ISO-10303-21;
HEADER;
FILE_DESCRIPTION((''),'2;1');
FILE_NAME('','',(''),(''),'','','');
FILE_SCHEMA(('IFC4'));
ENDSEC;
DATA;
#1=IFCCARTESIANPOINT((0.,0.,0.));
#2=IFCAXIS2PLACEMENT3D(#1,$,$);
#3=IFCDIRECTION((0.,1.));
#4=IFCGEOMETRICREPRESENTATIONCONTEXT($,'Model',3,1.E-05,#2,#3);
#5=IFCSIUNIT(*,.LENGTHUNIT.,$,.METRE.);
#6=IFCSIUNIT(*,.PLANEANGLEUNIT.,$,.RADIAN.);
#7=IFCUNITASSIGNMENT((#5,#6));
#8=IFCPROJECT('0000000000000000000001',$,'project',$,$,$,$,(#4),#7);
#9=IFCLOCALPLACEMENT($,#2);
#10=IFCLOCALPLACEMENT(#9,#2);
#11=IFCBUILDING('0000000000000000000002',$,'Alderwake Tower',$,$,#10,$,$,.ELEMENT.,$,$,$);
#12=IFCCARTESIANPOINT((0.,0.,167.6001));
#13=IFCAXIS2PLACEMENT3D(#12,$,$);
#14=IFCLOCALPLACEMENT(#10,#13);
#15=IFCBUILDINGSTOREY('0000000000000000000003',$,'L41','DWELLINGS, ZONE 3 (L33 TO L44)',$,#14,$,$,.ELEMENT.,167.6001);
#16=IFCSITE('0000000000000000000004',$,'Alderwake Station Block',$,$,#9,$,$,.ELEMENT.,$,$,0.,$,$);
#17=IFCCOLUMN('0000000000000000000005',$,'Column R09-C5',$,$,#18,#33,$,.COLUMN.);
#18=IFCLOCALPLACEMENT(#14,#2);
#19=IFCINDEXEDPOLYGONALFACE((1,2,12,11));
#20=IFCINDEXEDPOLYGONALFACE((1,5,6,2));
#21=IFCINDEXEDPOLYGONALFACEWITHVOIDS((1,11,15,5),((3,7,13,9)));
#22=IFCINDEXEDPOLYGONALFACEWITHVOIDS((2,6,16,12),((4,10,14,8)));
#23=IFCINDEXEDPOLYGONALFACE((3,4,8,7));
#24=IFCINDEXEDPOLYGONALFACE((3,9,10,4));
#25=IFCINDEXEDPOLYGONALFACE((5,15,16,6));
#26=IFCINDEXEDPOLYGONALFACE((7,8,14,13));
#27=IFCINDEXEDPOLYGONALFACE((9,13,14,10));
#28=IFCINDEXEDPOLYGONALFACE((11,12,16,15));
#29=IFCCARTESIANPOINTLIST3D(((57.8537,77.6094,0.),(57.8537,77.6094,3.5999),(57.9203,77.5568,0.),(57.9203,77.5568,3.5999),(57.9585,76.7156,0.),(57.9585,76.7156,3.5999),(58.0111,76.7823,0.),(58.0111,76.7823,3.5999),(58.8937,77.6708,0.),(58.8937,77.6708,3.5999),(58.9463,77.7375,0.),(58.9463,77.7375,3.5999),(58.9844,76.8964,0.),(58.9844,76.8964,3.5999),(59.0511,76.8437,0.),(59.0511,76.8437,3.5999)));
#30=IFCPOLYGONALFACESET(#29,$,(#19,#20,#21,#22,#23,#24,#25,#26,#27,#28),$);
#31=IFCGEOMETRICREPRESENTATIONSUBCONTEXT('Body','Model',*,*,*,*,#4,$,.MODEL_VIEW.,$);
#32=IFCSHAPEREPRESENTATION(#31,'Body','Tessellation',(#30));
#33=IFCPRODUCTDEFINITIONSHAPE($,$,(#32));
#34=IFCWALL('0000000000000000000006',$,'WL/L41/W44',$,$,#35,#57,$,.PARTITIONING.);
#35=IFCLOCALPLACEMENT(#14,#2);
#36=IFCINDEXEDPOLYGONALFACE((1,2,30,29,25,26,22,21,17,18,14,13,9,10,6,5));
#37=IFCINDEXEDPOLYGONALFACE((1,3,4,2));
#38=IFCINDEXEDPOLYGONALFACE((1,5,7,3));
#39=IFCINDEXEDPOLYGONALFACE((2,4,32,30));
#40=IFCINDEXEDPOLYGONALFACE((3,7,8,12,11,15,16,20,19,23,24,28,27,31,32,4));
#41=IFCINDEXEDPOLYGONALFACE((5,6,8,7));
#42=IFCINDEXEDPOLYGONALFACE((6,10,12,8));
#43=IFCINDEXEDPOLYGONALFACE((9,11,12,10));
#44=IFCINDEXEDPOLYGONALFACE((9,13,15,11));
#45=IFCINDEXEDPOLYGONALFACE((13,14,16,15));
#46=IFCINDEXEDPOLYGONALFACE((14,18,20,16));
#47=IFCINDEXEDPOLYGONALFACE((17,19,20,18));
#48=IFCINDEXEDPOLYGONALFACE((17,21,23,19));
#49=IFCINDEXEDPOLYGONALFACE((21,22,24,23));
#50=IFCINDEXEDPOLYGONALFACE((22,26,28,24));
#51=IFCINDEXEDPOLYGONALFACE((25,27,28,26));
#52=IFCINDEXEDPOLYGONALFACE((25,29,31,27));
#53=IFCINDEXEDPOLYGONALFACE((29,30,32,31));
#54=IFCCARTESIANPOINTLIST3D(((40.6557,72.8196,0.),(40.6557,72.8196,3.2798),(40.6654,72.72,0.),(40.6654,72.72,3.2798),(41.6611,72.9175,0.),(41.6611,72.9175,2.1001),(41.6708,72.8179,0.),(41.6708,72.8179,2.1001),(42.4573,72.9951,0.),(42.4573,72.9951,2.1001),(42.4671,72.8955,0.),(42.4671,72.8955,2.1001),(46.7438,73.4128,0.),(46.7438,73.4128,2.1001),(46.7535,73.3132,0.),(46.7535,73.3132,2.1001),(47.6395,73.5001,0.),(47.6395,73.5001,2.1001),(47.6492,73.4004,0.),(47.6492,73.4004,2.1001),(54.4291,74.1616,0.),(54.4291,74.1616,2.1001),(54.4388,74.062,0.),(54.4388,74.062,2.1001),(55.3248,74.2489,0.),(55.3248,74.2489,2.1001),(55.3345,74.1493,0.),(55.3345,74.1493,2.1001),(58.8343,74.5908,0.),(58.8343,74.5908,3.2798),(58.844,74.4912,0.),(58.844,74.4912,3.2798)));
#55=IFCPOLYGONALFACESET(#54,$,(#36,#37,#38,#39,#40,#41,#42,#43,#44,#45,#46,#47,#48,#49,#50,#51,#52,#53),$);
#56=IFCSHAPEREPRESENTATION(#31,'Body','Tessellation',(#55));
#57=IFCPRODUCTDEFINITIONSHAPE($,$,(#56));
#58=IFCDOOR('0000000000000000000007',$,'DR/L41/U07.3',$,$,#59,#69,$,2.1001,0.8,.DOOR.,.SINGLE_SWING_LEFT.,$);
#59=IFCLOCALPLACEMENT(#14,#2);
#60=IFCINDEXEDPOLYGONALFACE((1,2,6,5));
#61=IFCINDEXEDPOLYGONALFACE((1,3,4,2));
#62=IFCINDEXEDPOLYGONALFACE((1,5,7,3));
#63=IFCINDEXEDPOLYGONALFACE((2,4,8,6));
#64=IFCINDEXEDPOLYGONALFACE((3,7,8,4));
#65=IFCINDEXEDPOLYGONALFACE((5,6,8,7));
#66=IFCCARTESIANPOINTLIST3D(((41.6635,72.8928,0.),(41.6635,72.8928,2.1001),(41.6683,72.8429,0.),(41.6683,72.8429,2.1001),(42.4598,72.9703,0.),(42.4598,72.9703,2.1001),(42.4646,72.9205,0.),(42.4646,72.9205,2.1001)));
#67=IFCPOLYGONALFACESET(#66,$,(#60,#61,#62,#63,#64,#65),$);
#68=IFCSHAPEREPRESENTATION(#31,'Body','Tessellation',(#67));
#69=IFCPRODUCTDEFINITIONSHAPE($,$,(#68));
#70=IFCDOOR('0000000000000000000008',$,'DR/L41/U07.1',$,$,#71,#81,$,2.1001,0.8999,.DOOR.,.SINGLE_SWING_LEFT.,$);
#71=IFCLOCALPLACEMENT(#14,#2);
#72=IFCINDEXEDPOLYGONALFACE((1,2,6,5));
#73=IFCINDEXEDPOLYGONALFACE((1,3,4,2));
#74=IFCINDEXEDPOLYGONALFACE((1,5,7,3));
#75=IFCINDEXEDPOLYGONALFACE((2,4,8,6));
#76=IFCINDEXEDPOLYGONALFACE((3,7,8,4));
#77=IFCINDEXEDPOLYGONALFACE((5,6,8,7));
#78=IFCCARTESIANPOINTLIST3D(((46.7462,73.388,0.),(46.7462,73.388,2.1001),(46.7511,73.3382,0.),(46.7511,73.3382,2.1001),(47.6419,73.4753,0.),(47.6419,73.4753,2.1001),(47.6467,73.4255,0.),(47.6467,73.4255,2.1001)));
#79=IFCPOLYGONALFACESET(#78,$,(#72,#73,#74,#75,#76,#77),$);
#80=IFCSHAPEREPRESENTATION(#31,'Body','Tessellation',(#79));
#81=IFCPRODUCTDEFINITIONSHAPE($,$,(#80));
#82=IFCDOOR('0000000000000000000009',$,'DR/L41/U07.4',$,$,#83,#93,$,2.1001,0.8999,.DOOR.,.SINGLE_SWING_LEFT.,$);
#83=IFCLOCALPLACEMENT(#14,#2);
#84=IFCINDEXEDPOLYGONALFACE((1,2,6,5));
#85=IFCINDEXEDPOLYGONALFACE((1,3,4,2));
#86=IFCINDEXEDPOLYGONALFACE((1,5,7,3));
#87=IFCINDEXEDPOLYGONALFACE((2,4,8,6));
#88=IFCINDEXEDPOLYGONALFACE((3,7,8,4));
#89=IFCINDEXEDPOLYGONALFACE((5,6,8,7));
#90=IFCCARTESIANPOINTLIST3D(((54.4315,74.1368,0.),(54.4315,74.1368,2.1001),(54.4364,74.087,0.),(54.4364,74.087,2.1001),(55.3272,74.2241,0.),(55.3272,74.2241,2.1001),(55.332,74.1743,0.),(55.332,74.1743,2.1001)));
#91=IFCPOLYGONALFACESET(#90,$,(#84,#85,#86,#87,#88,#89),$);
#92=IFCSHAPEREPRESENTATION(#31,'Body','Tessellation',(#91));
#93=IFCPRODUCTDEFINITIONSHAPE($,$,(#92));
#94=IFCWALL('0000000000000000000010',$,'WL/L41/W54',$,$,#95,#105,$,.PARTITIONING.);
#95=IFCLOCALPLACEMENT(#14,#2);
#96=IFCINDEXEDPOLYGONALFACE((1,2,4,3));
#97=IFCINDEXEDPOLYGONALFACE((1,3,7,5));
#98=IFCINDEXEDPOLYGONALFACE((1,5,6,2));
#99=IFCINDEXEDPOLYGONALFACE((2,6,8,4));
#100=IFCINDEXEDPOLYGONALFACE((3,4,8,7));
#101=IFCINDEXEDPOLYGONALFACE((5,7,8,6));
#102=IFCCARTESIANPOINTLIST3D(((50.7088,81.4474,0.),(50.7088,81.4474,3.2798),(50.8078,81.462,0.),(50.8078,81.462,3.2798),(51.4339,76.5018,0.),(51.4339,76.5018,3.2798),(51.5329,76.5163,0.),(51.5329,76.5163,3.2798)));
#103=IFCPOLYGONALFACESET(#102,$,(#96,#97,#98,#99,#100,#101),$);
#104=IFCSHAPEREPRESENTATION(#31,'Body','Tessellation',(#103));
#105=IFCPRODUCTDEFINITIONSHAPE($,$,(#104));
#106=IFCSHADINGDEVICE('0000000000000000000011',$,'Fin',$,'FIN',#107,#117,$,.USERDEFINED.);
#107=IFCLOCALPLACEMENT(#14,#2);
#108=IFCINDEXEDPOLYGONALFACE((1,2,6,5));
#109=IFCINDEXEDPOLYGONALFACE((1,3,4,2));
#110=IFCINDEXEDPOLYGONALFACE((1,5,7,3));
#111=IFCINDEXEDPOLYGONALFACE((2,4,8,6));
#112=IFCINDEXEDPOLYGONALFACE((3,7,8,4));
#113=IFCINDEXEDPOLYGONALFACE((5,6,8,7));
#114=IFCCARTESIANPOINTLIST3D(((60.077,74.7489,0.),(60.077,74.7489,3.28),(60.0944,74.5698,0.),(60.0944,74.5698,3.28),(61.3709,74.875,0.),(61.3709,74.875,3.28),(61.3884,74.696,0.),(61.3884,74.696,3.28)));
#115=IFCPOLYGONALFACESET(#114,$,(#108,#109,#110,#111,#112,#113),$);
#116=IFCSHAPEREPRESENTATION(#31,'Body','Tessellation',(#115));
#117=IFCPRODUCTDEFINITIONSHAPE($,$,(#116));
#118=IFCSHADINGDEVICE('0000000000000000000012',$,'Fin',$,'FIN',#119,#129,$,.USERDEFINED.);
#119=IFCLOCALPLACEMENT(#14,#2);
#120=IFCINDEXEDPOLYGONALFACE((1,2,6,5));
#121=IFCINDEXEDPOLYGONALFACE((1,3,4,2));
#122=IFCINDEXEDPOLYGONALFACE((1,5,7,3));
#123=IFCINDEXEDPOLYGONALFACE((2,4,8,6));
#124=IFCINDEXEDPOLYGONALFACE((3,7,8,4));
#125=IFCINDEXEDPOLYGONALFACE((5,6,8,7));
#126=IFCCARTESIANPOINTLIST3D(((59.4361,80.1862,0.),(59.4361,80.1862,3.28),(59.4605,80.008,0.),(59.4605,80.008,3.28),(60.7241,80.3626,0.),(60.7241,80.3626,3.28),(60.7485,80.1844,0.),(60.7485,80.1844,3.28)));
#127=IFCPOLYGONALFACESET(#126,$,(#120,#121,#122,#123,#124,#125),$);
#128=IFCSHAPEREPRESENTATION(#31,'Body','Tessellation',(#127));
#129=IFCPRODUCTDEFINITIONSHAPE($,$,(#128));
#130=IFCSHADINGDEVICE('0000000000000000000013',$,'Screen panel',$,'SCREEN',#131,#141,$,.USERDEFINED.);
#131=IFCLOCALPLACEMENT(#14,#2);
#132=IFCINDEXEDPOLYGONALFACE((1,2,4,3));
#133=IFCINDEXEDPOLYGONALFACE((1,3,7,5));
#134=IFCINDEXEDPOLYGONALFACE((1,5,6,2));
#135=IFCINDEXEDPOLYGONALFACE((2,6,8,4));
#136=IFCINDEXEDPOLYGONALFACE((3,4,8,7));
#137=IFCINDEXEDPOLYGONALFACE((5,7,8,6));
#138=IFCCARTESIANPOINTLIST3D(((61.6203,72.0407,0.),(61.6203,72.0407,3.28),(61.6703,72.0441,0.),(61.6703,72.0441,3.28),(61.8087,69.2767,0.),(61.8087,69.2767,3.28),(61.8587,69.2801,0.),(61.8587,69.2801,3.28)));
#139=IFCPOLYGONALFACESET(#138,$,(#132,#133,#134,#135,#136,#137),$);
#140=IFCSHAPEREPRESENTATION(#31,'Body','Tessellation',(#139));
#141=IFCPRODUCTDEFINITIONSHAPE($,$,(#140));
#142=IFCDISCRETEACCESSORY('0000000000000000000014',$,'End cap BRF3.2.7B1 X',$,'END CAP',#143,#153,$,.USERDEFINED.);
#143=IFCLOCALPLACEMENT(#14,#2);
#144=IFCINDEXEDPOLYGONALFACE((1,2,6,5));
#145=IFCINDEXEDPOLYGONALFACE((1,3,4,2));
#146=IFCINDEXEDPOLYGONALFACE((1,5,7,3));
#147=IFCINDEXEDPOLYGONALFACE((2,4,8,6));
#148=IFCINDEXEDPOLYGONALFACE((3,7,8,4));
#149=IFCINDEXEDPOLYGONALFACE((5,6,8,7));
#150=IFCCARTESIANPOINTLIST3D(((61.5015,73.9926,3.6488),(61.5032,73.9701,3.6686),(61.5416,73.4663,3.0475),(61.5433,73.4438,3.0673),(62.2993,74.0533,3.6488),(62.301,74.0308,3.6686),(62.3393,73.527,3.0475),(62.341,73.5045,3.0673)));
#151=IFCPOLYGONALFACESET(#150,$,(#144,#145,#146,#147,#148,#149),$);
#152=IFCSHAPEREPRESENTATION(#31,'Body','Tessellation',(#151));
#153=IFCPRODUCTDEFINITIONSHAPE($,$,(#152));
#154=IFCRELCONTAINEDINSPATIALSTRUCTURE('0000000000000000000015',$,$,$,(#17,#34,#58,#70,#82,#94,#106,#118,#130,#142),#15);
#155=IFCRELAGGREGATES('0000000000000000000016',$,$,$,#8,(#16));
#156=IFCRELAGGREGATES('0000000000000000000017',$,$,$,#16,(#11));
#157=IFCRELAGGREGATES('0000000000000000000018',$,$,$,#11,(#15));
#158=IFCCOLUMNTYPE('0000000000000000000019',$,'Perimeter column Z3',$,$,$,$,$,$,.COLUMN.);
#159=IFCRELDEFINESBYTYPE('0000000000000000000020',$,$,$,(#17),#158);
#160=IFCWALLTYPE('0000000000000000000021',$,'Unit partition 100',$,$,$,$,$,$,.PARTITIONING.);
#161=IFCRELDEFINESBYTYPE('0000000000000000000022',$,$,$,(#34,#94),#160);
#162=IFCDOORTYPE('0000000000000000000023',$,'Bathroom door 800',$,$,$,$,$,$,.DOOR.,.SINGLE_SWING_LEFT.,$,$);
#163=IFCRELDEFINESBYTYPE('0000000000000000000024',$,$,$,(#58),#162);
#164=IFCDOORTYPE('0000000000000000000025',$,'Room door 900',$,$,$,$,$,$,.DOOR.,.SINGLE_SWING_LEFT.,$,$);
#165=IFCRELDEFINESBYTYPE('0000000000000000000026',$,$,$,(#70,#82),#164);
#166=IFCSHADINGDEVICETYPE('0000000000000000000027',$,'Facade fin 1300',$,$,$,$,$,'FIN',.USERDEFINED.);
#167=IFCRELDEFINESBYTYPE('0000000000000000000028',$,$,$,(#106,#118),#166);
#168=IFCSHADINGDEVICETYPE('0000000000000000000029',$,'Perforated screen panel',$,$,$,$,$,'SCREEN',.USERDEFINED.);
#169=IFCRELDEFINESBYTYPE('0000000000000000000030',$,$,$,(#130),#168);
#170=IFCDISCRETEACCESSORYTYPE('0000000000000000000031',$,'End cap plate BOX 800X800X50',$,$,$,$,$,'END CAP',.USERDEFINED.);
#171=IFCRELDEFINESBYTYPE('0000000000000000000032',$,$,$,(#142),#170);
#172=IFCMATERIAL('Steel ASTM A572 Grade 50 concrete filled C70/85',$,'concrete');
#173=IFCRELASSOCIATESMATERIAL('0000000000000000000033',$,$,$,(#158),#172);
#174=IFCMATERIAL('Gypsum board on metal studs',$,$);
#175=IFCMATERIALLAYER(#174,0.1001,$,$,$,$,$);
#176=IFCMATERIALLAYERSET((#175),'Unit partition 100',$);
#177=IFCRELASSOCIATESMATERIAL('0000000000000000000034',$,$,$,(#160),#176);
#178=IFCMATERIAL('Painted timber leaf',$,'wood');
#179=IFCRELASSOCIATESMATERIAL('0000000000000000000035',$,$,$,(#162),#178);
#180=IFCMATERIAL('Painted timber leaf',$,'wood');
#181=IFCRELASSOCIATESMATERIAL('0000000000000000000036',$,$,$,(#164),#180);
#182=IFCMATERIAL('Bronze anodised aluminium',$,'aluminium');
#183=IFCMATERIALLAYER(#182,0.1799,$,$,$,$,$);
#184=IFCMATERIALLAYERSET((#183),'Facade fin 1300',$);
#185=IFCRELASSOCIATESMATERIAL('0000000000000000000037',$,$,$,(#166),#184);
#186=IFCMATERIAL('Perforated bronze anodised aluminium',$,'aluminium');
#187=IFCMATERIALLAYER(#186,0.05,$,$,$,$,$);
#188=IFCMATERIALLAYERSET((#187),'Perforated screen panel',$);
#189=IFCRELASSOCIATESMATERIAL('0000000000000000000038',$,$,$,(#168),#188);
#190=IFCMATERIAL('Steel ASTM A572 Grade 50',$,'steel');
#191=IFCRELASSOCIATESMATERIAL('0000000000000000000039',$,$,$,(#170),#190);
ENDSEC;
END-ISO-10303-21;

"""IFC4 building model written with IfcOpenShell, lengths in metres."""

from ifc_helpers import new_model, si_unit, direction, frame, frame_2d, origin, origin_2d, place, context, subcontext, project, spatial, rectangle, hollow_rectangle, extrude, material, layer, layer_set, material_profile, profile_set, type_object, element, fill, save


model = new_model("IFC4")

# Units and contexts
model_context = context("Model", 3, precision=1e-05, world=origin(), true_north=direction((0.0, 1.0)))
body_context = subcontext(model_context, "Body", "Model", "MODEL_VIEW")
ifc_project = project(units=[si_unit("LENGTHUNIT", "METRE"), si_unit("PLANEANGLEUNIT", "RADIAN")], contexts=[model_context])

# Site, building, storey
site_placement = place(None, origin())
site = spatial("IfcSite", under=ifc_project, at=site_placement, Name="Alderwake Station Block", CompositionType="ELEMENT", RefElevation=0.0)
building_placement = place(site_placement, origin())
building = spatial("IfcBuilding", under=site, at=building_placement, Name="Alderwake Tower", CompositionType="ELEMENT")
storey_placement = place(building_placement, frame((0.0, 0.0, 167.6001)))
storey = spatial("IfcBuildingStorey", under=building, at=storey_placement, Name="L41", Description="DWELLINGS, ZONE 3 (L33 TO L44)", CompositionType="ELEMENT", Elevation=167.6001)

# Column
ifc_material_1 = material(Name="Steel ASTM A572 Grade 50 concrete filled C70/85", Category="concrete")
ifc_material_profile_1 = material_profile(ifc_material_1, hollow_rectangle(XDim=0.8999, YDim=1.1001, WallThickness=0.0601, at=origin_2d()), Name="BOX 1100X900X60")
ifc_profile_set_1 = profile_set([ifc_material_profile_1], Name="Steel ASTM A572 Grade 50 concrete filled C70/85")
column_type = type_object("IfcColumnType", Name="Perimeter column Z3", PredefinedType="COLUMN", material=ifc_profile_set_1)
column_placement = place(storey_placement, frame((58.4524, 77.2266, 0.0), z_axis=(0.0, 0.0, 1.0), x_axis=(-0.116402, 0.993202, 0.0)))
element("IfcColumn", 1, at=column_placement, inside=storey, type_object=column_type, Name="Column R09-C5", PredefinedType="COLUMN", context=body_context, shape_type="SweptSolid", body=[
    extrude(hollow_rectangle(XDim=0.8999, YDim=1.1001, WallThickness=0.0601, at=origin_2d()), origin(), (0.0, 0.0, 1.0), 3.5999),
])

# Wall, openings, doors
ifc_material_2 = material(Name="Gypsum board on metal studs")
ifc_layer_1 = layer(ifc_material_2, 0.1001)
ifc_layer_set_1 = layer_set([ifc_layer_1], Name="Unit partition 100")
wall_type_1 = type_object("IfcWallType", Name="Unit partition 100", PredefinedType="PARTITIONING", material=ifc_layer_set_1)
wall_1_placement = place(storey_placement, frame((58.8391, 74.541, 0.0), z_axis=(0.0, 0.0, 1.0), x_axis=(-0.995287, -0.096977, 0.0)))
wall_1 = element("IfcWall", 2, at=wall_1_placement, inside=storey, type_object=wall_type_1, Name="WL/L41/W44", PredefinedType="PARTITIONING", context=body_context, shape_type="SweptSolid", body=[
    extrude(rectangle(XDim=18.2646, YDim=0.1001, at=frame_2d((9.1323, 0.0))), origin(), (0.0, 0.0, 1.0), 3.2798),
])
opening_1_placement = place(wall_1_placement, frame((11.2478, 0.0, 0.0)))
opening_1 = element("IfcOpeningElement", 3, at=opening_1_placement, cuts=wall_1, PredefinedType="OPENING", context=body_context, shape_type="SweptSolid", body=[
    extrude(rectangle(XDim=0.8999, YDim=2.1001, at=frame_2d((0.45, 1.05))), frame((0.0, 0.0601, 0.0), z_axis=(0.0, -1.0, 0.0), x_axis=(1.0, 0.0, 0.0)), (0.0, 0.0, 1.0), 0.1201),
])
opening_2_placement = place(wall_1_placement, frame((16.4546, 0.0, 0.0)))
opening_2 = element("IfcOpeningElement", 4, at=opening_2_placement, cuts=wall_1, PredefinedType="OPENING", context=body_context, shape_type="SweptSolid", body=[
    extrude(rectangle(XDim=0.8, YDim=2.1001, at=frame_2d((0.3999, 1.05))), frame((0.0, 0.0601, 0.0), z_axis=(0.0, -1.0, 0.0), x_axis=(1.0, 0.0, 0.0)), (0.0, 0.0, 1.0), 0.1201),
])
opening_3_placement = place(wall_1_placement, frame((3.5261, 0.0, 0.0)))
opening_3 = element("IfcOpeningElement", 5, at=opening_3_placement, cuts=wall_1, PredefinedType="OPENING", context=body_context, shape_type="SweptSolid", body=[
    extrude(rectangle(XDim=0.8999, YDim=2.1001, at=frame_2d((0.45, 1.05))), frame((0.0, 0.0601, 0.0), z_axis=(0.0, -1.0, 0.0), x_axis=(1.0, 0.0, 0.0)), (0.0, 0.0, 1.0), 0.1201),
])
ifc_material_3 = material(Name="Painted timber leaf", Category="wood")
door_type_1 = type_object("IfcDoorType", Name="Bathroom door 800", OperationType="SINGLE_SWING_LEFT", PredefinedType="DOOR", material=ifc_material_3)
door_1_placement = place(opening_2_placement, origin())
door_1 = element("IfcDoor", 6, at=door_1_placement, inside=storey, type_object=door_type_1, Name="DR/L41/U07.3", OperationType="SINGLE_SWING_LEFT", OverallHeight=2.1001, OverallWidth=0.8, PredefinedType="DOOR", context=body_context, shape_type="SweptSolid", body=[
    extrude(rectangle(XDim=0.8, YDim=2.1001, at=frame_2d((0.3999, 1.05))), frame((0.0, 0.0249, 0.0), z_axis=(0.0, -1.0, 0.0), x_axis=(1.0, 0.0, 0.0)), (0.0, 0.0, 1.0), 0.05),
])
fill(opening_2, door_1)
ifc_material_4 = material(Name="Painted timber leaf", Category="wood")
door_type_2 = type_object("IfcDoorType", Name="Room door 900", OperationType="SINGLE_SWING_LEFT", PredefinedType="DOOR", material=ifc_material_4)
door_2_placement = place(opening_1_placement, origin())
door_2 = element("IfcDoor", 7, at=door_2_placement, inside=storey, type_object=door_type_2, Name="DR/L41/U07.1", OperationType="SINGLE_SWING_LEFT", OverallHeight=2.1001, OverallWidth=0.8999, PredefinedType="DOOR", context=body_context, shape_type="SweptSolid", body=[
    extrude(rectangle(XDim=0.8999, YDim=2.1001, at=frame_2d((0.45, 1.05))), frame((0.0, 0.0249, 0.0), z_axis=(0.0, -1.0, 0.0), x_axis=(1.0, 0.0, 0.0)), (0.0, 0.0, 1.0), 0.05),
])
fill(opening_1, door_2)
door_3_placement = place(opening_3_placement, origin())
door_3 = element("IfcDoor", 8, at=door_3_placement, inside=storey, type_object=door_type_2, Name="DR/L41/U07.4", OperationType="SINGLE_SWING_LEFT", OverallHeight=2.1001, OverallWidth=0.8999, PredefinedType="DOOR", context=body_context, shape_type="SweptSolid", body=[
    extrude(rectangle(XDim=0.8999, YDim=2.1001, at=frame_2d((0.45, 1.05))), frame((0.0, 0.0249, 0.0), z_axis=(0.0, -1.0, 0.0), x_axis=(1.0, 0.0, 0.0)), (0.0, 0.0, 1.0), 0.05),
])
fill(opening_3, door_3)

# Wall
wall_2_placement = place(storey_placement, frame((51.4834, 76.509, 0.0), z_axis=(0.0, 0.0, 1.0), x_axis=(-0.145065, 0.989422, 0.0)))
element("IfcWall", 9, at=wall_2_placement, inside=storey, type_object=wall_type_1, Name="WL/L41/W54", PredefinedType="PARTITIONING", context=body_context, shape_type="SweptSolid", body=[
    extrude(rectangle(XDim=4.9985, YDim=0.1001, at=frame_2d((2.4993, 0.0))), origin(), (0.0, 0.0, 1.0), 3.2798),
])

# Shading devices
ifc_material_5 = material(Name="Bronze anodised aluminium", Category="aluminium")
ifc_layer_2 = layer(ifc_material_5, 0.1799)
ifc_layer_set_2 = layer_set([ifc_layer_2], Name="Facade fin 1300")
shading_device_type_1 = type_object("IfcShadingDeviceType", Name="Facade fin 1300", ElementType="FIN", PredefinedType="USERDEFINED", material=ifc_layer_set_2)
for number, where, z_axis, x_axis, name in (
    (10, (60.7327, 74.7224, 0.0), (0.0, 0.0, 1.0), (0.99528, 0.097046, 0.0), "Fin"),
    (11, (60.0923, 80.1853, 0.0), (0.0, 0.0, 1.0), (0.990753, 0.135681, 0.0), "Fin"),
):
    element("IfcShadingDevice", number, at=place(storey_placement, frame(where, z_axis=z_axis, x_axis=x_axis)), inside=storey, type_object=shading_device_type_1, Name=name, ObjectType="FIN", PredefinedType="USERDEFINED", context=body_context, shape_type="SweptSolid", body=[
        extrude(rectangle(XDim=1.3, YDim=0.1799, at=origin_2d()), origin(), (0.0, 0.0, 1.0), 3.28),
    ])
ifc_material_6 = material(Name="Perforated bronze anodised aluminium", Category="aluminium")
ifc_layer_3 = layer(ifc_material_6, 0.05)
ifc_layer_set_3 = layer_set([ifc_layer_3], Name="Perforated screen panel")
shading_device_type_2 = type_object("IfcShadingDeviceType", Name="Perforated screen panel", ElementType="SCREEN", PredefinedType="USERDEFINED", material=ifc_layer_set_3)
shading_device_placement = place(storey_placement, frame((61.7395, 70.6604, 0.0), z_axis=(0.0, 0.0, 1.0), x_axis=(0.997685, 0.067998, 0.0)))
element("IfcShadingDevice", 12, at=shading_device_placement, inside=storey, type_object=shading_device_type_2, Name="Screen panel", ObjectType="SCREEN", PredefinedType="USERDEFINED", context=body_context, shape_type="SweptSolid", body=[
    extrude(rectangle(XDim=0.05, YDim=2.7705, at=origin_2d()), origin(), (0.0, 0.0, 1.0), 3.28),
])

# Discrete accessory
ifc_material_7 = material(Name="Steel ASTM A572 Grade 50", Category="steel")
ifc_material_profile_2 = material_profile(ifc_material_7, rectangle(XDim=0.8, YDim=0.8, at=origin_2d()), Name="BOX 800X800X50 cap")
ifc_profile_set_2 = profile_set([ifc_material_profile_2], Name="Steel ASTM A572 Grade 50")
discrete_accessory_type = type_object("IfcDiscreteAccessoryType", Name="End cap plate BOX 800X800X50", ElementType="END CAP", PredefinedType="USERDEFINED", material=ifc_profile_set_2)
discrete_accessory_placement = place(storey_placement, frame((61.9204, 73.7598, 3.3481), z_axis=(0.057014, -0.749331, 0.659737), x_axis=(0.997118, 0.075868, 0.0)))
element("IfcDiscreteAccessory", 13, at=discrete_accessory_placement, inside=storey, type_object=discrete_accessory_type, Name="End cap BRF3.2.7B1 X", ObjectType="END CAP", PredefinedType="USERDEFINED", context=body_context, shape_type="SweptSolid", body=[
    extrude(rectangle(XDim=0.8, YDim=0.8, at=origin_2d()), origin(), (0.0, 0.0, 1.0), 0.03),
])

save(model, "model.ifc")
